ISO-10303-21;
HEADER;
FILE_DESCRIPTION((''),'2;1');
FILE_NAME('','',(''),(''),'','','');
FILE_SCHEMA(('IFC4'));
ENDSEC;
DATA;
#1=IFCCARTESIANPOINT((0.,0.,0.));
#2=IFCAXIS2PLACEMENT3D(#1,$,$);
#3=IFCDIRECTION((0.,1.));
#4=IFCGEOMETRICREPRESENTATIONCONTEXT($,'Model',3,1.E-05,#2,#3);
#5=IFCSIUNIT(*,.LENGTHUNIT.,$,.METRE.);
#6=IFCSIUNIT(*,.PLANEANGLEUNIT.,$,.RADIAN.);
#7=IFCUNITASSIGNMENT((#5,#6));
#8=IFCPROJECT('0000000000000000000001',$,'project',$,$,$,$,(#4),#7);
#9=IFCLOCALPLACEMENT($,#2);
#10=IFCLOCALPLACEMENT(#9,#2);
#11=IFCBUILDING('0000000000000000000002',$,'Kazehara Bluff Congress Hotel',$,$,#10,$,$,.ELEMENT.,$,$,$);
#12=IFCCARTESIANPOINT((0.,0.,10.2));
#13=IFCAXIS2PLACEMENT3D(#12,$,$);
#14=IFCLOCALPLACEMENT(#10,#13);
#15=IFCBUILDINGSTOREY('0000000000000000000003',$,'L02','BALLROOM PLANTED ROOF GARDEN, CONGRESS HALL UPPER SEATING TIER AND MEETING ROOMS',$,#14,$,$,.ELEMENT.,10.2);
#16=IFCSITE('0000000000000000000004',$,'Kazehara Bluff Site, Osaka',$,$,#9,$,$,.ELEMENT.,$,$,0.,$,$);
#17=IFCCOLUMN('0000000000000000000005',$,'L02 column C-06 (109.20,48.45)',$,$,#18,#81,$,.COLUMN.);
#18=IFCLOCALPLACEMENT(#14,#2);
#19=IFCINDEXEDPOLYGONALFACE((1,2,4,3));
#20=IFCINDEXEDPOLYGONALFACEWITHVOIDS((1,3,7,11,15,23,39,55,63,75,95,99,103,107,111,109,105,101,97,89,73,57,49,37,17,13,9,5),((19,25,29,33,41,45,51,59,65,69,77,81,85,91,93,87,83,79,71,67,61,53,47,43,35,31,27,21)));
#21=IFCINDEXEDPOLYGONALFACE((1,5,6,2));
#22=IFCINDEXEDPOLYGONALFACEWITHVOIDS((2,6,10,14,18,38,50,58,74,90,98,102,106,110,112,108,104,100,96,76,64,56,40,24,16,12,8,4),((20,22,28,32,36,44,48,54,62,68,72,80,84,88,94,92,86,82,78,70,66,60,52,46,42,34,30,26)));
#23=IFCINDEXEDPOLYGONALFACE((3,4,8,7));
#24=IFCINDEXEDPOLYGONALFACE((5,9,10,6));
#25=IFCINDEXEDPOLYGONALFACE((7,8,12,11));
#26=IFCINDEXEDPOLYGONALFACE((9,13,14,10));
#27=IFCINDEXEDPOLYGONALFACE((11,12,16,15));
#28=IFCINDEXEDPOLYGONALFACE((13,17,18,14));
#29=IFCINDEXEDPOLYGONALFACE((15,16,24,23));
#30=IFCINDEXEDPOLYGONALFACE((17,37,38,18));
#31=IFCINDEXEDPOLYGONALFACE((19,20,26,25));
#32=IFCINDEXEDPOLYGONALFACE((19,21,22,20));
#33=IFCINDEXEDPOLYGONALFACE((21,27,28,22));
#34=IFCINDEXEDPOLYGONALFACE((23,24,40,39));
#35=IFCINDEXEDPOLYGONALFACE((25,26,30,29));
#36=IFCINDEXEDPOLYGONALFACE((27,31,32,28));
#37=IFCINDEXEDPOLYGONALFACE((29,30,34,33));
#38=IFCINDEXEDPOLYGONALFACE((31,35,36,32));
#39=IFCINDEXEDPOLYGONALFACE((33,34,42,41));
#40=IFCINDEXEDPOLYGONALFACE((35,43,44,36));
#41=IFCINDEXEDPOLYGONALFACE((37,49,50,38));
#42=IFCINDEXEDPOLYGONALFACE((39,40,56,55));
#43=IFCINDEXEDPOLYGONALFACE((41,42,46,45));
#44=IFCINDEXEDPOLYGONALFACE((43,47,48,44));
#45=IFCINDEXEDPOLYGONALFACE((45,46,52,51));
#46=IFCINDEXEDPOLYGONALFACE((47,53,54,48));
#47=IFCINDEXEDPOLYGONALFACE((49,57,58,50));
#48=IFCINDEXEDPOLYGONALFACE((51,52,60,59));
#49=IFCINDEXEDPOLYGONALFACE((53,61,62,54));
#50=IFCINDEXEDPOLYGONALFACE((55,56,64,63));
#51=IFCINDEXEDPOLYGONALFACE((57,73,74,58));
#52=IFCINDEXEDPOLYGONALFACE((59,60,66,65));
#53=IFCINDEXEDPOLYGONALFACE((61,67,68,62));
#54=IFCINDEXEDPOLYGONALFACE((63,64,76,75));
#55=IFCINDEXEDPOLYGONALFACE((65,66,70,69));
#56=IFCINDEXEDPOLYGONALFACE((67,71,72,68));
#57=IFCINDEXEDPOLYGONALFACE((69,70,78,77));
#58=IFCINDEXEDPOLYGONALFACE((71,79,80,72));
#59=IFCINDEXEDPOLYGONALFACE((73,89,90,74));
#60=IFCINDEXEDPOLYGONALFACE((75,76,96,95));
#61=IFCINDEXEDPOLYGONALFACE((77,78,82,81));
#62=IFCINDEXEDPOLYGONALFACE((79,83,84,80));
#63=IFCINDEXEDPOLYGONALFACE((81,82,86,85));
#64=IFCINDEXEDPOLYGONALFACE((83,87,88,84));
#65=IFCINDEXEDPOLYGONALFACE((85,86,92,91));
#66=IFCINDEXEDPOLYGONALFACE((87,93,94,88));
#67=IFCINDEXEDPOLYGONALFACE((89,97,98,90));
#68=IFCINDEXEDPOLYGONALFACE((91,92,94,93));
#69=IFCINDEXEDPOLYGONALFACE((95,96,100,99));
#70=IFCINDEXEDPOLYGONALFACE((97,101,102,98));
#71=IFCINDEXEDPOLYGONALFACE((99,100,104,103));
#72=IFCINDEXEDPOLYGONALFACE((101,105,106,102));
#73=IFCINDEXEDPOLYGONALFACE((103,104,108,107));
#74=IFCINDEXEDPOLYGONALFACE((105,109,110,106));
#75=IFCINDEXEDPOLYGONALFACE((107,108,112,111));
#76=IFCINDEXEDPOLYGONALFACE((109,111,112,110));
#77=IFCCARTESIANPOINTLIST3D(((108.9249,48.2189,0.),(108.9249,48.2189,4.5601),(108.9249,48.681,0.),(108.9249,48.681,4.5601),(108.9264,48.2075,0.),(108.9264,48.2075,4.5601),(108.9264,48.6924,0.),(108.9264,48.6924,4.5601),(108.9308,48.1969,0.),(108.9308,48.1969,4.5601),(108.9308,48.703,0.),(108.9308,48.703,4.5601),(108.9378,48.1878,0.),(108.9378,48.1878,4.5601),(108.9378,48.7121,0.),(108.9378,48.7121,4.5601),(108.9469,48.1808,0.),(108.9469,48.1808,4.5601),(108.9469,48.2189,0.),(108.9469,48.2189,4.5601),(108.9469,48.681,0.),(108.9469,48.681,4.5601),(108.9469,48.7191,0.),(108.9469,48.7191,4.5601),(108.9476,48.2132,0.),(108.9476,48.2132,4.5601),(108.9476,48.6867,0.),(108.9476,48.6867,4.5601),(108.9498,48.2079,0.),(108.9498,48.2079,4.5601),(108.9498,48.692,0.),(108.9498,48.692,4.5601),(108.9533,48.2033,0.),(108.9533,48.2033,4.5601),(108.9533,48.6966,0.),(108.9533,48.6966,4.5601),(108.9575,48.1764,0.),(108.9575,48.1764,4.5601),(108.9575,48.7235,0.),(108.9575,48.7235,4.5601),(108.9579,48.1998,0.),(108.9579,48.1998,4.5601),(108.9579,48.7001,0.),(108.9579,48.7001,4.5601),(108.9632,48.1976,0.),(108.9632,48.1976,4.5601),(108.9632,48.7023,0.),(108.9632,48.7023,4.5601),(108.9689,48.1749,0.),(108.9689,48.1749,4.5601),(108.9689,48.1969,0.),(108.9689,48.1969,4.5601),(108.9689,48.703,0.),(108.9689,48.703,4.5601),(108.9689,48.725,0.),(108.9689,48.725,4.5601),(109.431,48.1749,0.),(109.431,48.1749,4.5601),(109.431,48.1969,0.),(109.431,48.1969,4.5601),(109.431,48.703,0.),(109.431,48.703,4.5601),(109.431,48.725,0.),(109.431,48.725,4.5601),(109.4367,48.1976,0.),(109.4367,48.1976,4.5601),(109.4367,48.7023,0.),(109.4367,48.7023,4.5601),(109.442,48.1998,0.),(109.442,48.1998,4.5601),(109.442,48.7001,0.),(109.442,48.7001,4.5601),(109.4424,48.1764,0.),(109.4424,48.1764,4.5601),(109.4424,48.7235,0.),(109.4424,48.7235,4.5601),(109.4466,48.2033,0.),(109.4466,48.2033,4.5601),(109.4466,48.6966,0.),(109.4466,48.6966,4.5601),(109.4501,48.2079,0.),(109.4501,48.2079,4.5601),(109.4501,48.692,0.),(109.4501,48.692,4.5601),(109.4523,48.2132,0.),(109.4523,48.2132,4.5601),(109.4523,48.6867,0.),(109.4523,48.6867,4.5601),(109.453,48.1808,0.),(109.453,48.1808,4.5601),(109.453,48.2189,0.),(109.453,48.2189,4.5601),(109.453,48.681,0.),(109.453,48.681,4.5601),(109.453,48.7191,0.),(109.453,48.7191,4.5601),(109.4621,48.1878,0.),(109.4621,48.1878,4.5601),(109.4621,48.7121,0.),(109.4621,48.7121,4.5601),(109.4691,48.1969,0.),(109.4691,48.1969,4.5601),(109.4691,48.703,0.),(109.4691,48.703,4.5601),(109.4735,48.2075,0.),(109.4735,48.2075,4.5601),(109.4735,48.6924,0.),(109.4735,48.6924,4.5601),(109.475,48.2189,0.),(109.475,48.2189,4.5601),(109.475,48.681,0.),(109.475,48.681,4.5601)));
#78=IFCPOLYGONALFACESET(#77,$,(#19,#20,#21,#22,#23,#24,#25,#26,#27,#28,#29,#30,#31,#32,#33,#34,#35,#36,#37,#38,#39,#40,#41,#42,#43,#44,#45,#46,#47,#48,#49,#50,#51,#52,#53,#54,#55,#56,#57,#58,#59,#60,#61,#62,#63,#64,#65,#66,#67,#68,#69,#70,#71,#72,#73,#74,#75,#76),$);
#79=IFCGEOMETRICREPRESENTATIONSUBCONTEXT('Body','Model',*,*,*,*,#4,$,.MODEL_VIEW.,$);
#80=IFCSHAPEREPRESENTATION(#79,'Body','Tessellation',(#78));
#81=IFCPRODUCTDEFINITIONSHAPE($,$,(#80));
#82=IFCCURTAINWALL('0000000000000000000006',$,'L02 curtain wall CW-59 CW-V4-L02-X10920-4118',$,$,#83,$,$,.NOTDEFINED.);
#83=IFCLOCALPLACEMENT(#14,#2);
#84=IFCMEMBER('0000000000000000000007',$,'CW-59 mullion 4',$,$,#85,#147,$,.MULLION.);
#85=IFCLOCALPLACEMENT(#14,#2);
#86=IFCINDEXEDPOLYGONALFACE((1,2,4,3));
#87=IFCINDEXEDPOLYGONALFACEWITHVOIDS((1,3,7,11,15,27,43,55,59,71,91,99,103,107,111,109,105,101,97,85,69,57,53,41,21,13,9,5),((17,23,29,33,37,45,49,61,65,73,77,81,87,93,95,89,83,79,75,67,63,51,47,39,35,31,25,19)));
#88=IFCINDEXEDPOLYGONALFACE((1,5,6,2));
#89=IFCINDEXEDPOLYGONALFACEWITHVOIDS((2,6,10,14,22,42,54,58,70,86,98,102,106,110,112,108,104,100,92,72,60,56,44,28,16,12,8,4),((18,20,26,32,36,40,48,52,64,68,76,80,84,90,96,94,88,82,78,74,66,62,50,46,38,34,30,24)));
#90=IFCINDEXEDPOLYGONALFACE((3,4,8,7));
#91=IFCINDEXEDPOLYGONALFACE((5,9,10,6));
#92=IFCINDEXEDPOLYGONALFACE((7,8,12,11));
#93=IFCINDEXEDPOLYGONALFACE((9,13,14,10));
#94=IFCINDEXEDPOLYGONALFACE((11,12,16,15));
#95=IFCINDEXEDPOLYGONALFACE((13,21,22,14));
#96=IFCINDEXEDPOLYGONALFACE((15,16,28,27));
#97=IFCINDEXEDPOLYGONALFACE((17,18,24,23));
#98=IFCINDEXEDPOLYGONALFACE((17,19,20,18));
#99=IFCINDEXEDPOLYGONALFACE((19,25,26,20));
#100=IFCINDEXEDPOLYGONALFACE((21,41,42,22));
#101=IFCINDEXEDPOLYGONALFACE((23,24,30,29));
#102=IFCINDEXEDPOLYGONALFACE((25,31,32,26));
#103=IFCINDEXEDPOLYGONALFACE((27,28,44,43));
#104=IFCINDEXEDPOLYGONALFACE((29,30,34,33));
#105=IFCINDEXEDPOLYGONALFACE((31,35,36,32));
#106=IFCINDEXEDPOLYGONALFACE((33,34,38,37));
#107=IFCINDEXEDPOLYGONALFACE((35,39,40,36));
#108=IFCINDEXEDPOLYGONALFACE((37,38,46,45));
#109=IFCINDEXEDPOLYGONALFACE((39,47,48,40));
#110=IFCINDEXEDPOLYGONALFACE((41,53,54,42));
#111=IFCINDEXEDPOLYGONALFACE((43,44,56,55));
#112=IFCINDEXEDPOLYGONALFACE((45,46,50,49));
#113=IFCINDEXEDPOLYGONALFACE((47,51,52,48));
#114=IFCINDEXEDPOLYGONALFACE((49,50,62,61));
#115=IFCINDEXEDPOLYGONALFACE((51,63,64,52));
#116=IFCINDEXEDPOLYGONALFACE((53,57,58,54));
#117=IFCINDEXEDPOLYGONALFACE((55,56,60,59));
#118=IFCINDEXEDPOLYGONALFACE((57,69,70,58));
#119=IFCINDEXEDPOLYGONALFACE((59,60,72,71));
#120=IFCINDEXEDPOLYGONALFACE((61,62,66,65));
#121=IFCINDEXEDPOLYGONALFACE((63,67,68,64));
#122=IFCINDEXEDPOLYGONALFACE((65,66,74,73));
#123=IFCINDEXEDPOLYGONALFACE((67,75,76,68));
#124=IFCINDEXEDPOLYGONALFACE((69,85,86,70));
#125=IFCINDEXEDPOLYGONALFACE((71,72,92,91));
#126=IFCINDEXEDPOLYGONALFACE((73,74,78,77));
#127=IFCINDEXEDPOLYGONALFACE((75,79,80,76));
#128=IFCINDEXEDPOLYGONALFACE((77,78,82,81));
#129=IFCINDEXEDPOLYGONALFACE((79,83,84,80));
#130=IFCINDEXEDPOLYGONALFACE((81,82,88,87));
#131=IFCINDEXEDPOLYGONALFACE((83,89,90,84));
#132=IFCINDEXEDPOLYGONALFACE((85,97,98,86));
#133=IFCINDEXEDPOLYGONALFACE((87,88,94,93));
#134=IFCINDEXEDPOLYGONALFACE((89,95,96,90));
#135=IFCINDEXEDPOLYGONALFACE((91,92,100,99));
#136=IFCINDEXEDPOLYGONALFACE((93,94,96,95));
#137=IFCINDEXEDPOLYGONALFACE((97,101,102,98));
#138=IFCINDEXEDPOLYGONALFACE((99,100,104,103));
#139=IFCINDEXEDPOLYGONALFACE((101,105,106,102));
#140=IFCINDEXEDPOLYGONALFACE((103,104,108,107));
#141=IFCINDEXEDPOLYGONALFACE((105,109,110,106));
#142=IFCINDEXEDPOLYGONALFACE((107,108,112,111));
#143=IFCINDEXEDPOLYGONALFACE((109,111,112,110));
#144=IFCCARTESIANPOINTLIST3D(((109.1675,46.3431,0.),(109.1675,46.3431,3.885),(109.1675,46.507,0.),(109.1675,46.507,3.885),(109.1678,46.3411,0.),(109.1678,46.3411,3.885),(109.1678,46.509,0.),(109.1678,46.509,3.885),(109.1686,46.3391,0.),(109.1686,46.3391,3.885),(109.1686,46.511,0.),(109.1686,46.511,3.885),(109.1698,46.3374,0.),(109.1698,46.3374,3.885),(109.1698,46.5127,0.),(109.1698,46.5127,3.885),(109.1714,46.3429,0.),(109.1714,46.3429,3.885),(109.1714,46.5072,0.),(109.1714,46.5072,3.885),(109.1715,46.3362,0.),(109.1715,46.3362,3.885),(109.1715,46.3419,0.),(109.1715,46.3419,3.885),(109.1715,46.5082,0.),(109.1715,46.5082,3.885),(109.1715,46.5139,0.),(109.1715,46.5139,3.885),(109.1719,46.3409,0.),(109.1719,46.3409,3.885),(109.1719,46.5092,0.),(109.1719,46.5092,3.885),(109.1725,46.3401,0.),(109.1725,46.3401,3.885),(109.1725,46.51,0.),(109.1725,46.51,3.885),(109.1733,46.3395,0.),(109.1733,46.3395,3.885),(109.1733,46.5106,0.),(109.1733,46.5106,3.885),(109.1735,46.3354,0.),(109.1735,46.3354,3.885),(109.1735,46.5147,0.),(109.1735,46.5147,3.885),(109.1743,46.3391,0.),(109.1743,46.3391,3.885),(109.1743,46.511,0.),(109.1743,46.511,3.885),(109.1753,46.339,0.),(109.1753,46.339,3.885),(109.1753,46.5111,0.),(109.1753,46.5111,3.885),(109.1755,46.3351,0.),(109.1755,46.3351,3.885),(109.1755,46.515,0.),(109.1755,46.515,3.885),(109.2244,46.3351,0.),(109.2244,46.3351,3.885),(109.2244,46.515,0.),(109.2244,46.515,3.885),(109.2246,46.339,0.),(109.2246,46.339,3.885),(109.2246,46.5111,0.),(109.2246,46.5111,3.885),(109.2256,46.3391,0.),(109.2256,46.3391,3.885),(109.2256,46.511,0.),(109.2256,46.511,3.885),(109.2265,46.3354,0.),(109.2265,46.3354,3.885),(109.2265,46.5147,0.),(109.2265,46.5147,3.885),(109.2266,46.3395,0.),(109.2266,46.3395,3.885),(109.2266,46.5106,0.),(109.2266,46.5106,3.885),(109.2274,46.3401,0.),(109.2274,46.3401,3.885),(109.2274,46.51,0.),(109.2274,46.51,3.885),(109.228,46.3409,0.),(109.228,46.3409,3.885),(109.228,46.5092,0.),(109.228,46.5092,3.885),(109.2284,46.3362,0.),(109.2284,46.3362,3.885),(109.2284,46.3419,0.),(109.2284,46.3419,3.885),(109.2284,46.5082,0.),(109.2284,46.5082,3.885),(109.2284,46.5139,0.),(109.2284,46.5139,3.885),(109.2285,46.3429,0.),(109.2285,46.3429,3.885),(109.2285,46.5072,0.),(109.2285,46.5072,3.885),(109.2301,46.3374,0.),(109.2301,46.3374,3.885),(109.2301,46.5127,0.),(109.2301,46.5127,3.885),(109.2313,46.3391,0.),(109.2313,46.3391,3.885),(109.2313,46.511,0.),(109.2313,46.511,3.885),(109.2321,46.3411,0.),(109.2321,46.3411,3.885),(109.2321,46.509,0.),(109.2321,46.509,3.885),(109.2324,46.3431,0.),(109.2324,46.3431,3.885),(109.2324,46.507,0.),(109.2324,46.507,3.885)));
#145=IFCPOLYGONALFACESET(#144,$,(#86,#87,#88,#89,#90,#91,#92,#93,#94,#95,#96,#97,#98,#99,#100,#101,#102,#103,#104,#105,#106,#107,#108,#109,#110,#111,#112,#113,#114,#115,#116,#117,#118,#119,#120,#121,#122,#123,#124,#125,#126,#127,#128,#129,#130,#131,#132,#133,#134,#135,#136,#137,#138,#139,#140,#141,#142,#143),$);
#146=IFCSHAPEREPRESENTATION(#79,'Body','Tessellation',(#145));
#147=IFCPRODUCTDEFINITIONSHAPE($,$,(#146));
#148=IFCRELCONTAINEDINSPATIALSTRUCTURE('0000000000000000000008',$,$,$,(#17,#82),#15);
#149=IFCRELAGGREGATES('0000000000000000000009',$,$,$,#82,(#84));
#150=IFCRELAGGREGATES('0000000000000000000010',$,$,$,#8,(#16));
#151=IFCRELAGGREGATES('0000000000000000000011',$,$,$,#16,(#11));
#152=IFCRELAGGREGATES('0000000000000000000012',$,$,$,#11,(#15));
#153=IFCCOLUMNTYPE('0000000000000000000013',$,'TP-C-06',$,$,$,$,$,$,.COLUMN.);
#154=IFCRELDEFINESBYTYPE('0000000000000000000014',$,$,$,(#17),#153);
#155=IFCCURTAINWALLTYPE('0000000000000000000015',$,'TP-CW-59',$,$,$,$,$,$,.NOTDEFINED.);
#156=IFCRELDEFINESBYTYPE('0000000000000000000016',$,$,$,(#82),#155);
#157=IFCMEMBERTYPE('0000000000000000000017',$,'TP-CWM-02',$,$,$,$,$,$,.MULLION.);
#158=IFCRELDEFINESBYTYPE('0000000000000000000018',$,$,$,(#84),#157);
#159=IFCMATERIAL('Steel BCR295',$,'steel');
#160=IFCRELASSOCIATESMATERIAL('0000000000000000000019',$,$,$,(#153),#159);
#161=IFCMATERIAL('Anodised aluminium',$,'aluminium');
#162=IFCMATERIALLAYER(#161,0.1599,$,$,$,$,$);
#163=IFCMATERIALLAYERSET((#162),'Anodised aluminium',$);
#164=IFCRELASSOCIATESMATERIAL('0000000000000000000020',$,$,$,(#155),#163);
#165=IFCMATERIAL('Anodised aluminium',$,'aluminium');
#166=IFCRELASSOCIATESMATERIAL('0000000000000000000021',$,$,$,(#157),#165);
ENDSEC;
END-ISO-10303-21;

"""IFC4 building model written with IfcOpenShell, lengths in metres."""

from ifc_helpers import new_model, si_unit, direction, frame, origin, origin_2d, place, context, subcontext, project, spatial, hollow_rectangle, extrude, material, layer, layer_set, material_profile, profile_set, type_object, element, aggregate, save


model = new_model("IFC4")

# Units and contexts
model_context = context("Model", 3, precision=1e-05, world=origin(), true_north=direction((0.0, 1.0)))
body_context = subcontext(model_context, "Body", "Model", "MODEL_VIEW")
ifc_project = project(units=[si_unit("LENGTHUNIT", "METRE"), si_unit("PLANEANGLEUNIT", "RADIAN")], contexts=[model_context])

# Site, building, storey
site_placement = place(None, origin())
site = spatial("IfcSite", under=ifc_project, at=site_placement, Name="Kazehara Bluff Site, Osaka", CompositionType="ELEMENT", RefElevation=0.0)
building_placement = place(site_placement, origin())
building = spatial("IfcBuilding", under=site, at=building_placement, Name="Kazehara Bluff Congress Hotel", CompositionType="ELEMENT")
storey_placement = place(building_placement, frame((0.0, 0.0, 10.2)))
storey = spatial("IfcBuildingStorey", under=building, at=storey_placement, Name="L02", Description="BALLROOM PLANTED ROOF GARDEN, CONGRESS HALL UPPER SEATING TIER AND MEETING ROOMS", CompositionType="ELEMENT", Elevation=10.2)

# Column
ifc_material_1 = material(Name="Steel BCR295", Category="steel")
ifc_material_profile_1 = material_profile(ifc_material_1, hollow_rectangle(XDim=0.55, YDim=0.55, WallThickness=0.022, InnerFilletRadius=0.022, OuterFilletRadius=0.0439, at=origin_2d()))
ifc_profile_set_1 = profile_set([ifc_material_profile_1], Name="Steel BCR295")
column_type = type_object("IfcColumnType", Name="TP-C-06", PredefinedType="COLUMN", material=ifc_profile_set_1)
column_placement = place(storey_placement, frame((109.2, 48.45, 0.0), z_axis=(0.0, 0.0, 1.0), x_axis=(1.0, 0.0, 0.0)))
element("IfcColumn", 1, at=column_placement, inside=storey, type_object=column_type, Name="L02 column C-06 (109.20,48.45)", PredefinedType="COLUMN", context=body_context, shape_type="SweptSolid", body=[
    extrude(hollow_rectangle(XDim=0.55, YDim=0.55, WallThickness=0.022, InnerFilletRadius=0.022, OuterFilletRadius=0.0439, at=origin_2d()), origin(), (0.0, 0.0, 1.0), 4.5601),
])

# Curtain wall, member
ifc_material_2 = material(Name="Anodised aluminium", Category="aluminium")
ifc_layer_1 = layer(ifc_material_2, 0.1599)
ifc_layer_set_1 = layer_set([ifc_layer_1], Name="Anodised aluminium")
curtain_wall_type_1 = type_object("IfcCurtainWallType", Name="TP-CW-59", PredefinedType="NOTDEFINED", material=ifc_layer_set_1)
curtain_wall_1_placement = place(storey_placement, origin())
curtain_wall_1 = element("IfcCurtainWall", 2, at=curtain_wall_1_placement, inside=storey, type_object=curtain_wall_type_1, Name="L02 curtain wall CW-59 CW-V4-L02-X10920-4118", PredefinedType="NOTDEFINED")
ifc_material_3 = material(Name="Anodised aluminium", Category="aluminium")
ifc_material_profile_2 = material_profile(ifc_material_3, hollow_rectangle(XDim=0.0649, YDim=0.1799, WallThickness=0.0039, InnerFilletRadius=0.0039, OuterFilletRadius=0.0081, at=origin_2d()))
ifc_profile_set_2 = profile_set([ifc_material_profile_2], Name="Anodised aluminium")
member_type_1 = type_object("IfcMemberType", Name="TP-CWM-02", PredefinedType="MULLION", material=ifc_profile_set_2)
member_1_placement = place(storey_placement, frame((109.2, 46.425, 0.0), z_axis=(0.0, 0.0, 1.0), x_axis=(-1.0, 0.0, 0.0)))
member_1 = element("IfcMember", 3, at=member_1_placement, type_object=member_type_1, Name="CW-59 mullion 4", PredefinedType="MULLION", context=body_context, shape_type="SweptSolid", body=[
    extrude(hollow_rectangle(XDim=0.0649, YDim=0.1799, WallThickness=0.0039, InnerFilletRadius=0.0039, OuterFilletRadius=0.0081, at=origin_2d()), origin(), (0.0, 0.0, 1.0), 3.885),
])

aggregate(curtain_wall_1, [member_1])

save(model, "model.ifc")
